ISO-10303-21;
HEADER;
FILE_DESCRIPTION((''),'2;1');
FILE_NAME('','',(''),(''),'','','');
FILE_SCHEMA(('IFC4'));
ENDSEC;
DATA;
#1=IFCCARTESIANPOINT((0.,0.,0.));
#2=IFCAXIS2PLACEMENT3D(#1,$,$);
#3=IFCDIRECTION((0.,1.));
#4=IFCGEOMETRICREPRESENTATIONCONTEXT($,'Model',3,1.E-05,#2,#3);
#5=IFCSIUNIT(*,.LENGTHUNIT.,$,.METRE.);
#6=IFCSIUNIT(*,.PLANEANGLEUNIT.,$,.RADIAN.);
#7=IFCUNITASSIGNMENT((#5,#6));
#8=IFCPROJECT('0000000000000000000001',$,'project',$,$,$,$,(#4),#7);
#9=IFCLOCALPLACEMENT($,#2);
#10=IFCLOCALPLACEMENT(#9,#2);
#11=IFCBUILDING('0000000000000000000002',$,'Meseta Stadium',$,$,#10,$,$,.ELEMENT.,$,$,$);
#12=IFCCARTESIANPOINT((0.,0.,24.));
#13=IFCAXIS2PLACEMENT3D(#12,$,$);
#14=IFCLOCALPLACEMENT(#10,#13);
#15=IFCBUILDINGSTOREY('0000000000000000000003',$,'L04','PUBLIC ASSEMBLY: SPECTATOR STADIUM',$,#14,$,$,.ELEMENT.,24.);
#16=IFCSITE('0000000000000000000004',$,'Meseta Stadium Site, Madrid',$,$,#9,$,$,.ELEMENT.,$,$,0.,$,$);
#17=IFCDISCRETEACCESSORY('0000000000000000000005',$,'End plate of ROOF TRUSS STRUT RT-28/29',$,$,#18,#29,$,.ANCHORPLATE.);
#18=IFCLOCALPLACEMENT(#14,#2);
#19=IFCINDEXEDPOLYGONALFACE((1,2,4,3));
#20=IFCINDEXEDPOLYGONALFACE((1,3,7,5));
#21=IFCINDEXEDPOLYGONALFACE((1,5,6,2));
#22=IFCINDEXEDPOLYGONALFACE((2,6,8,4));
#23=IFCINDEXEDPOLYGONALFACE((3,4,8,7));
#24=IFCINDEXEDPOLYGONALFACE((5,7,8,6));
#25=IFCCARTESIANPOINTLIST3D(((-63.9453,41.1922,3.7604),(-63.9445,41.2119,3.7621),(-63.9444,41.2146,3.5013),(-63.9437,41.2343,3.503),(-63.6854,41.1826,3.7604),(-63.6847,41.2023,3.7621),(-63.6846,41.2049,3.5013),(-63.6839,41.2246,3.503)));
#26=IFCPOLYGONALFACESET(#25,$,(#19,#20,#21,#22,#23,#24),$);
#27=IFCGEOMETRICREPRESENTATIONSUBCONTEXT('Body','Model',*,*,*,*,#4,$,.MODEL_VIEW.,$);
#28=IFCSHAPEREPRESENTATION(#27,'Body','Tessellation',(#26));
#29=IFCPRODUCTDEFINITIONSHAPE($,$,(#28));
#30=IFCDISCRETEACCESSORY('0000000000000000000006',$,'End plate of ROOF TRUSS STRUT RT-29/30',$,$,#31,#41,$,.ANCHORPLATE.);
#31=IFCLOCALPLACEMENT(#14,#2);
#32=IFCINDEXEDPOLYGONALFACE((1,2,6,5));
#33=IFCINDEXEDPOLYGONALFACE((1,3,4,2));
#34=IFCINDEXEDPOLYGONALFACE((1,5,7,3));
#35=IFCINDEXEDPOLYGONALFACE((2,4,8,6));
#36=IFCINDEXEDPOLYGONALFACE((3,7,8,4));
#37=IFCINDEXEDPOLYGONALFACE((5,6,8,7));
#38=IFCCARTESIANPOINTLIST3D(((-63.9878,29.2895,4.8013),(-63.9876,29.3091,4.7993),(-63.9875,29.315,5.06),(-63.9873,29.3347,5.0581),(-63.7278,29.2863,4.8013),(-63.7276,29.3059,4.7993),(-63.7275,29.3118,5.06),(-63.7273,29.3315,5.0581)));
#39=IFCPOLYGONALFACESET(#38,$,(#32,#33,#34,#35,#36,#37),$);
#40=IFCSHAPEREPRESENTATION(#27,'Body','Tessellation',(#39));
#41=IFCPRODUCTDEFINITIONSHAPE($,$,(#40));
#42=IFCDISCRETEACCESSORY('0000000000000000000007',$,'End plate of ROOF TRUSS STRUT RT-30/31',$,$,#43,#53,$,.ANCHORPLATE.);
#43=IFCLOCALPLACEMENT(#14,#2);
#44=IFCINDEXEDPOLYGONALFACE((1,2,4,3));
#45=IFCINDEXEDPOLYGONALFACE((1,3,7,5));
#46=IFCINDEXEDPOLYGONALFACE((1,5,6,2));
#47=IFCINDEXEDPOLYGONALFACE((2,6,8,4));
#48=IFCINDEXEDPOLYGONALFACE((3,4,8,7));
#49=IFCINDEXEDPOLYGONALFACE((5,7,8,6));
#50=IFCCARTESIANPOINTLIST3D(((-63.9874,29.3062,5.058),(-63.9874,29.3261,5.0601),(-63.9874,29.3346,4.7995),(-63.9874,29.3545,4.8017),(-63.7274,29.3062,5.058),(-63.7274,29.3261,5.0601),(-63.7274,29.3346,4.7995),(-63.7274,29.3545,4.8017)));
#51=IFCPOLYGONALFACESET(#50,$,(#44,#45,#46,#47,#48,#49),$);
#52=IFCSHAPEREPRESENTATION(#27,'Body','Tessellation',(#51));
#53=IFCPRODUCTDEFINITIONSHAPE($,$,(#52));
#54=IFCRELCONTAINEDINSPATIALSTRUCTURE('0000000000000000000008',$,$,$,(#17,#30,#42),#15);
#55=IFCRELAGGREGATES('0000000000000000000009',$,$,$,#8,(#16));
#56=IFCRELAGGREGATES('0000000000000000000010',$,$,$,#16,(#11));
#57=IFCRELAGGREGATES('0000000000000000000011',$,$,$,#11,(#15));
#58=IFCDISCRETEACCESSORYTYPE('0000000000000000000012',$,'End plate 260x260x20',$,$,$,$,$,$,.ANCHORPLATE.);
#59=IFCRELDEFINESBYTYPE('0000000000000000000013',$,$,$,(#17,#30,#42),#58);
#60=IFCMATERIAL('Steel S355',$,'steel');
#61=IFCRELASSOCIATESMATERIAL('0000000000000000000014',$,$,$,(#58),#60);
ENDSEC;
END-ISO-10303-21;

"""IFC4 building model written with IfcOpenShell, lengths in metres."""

from ifc_helpers import new_model, si_unit, direction, frame, origin, origin_2d, place, context, subcontext, project, spatial, rectangle, extrude, material, material_profile, profile_set, type_object, element, save


model = new_model("IFC4")

# Units and contexts
model_context = context("Model", 3, precision=1e-05, world=origin(), true_north=direction((0.0, 1.0)))
body_context = subcontext(model_context, "Body", "Model", "MODEL_VIEW")
ifc_project = project(units=[si_unit("LENGTHUNIT", "METRE"), si_unit("PLANEANGLEUNIT", "RADIAN")], contexts=[model_context])

# Site, building, storey
site_placement = place(None, origin())
site = spatial("IfcSite", under=ifc_project, at=site_placement, Name="Meseta Stadium Site, Madrid", CompositionType="ELEMENT", RefElevation=0.0)
building_placement = place(site_placement, origin())
building = spatial("IfcBuilding", under=site, at=building_placement, Name="Meseta Stadium", CompositionType="ELEMENT")
storey_placement = place(building_placement, frame((0.0, 0.0, 24.0)))
storey = spatial("IfcBuildingStorey", under=building, at=storey_placement, Name="L04", Description="PUBLIC ASSEMBLY: SPECTATOR STADIUM", CompositionType="ELEMENT", Elevation=24.0)

# Discrete accessories
ifc_material_1 = material(Name="Steel S355", Category="steel")
ifc_material_profile_1 = material_profile(ifc_material_1, rectangle(XDim=0.26, YDim=0.26, at=origin_2d()), Name="PL 260x260")
ifc_profile_set_1 = profile_set([ifc_material_profile_1], Name="Steel S355")
discrete_accessory_type_1 = type_object("IfcDiscreteAccessoryType", Name="End plate 260x260x20", PredefinedType="ANCHORPLATE", material=ifc_profile_set_1)
for number, where, z_axis, x_axis, name in (
    (1, (-63.8142, 41.2183, 3.6326), (-0.036874, -0.995609, -0.08604), (0.999315, -0.037012, 0.0), "End plate of ROOF TRUSS STRUT RT-28/29"),
    (2, (-63.8574, 29.3203, 4.9287), (-0.012285, -0.995083, 0.09828), (0.999924, -0.012345, 0.0), "End plate of ROOF TRUSS STRUT RT-29/30"),
):
    element("IfcDiscreteAccessory", number, at=place(storey_placement, frame(where, z_axis=z_axis, x_axis=x_axis)), inside=storey, type_object=discrete_accessory_type_1, Name=name, PredefinedType="ANCHORPLATE", context=body_context, shape_type="SweptSolid", body=[
        extrude(rectangle(XDim=0.26, YDim=0.26, at=origin_2d()), origin(), (0.0, 0.0, 1.0), 0.0198),
    ])
discrete_accessory_1_placement = place(storey_placement, frame((-63.8574, 29.3403, 4.9309), z_axis=(0.0, -0.994031, -0.109101), x_axis=(1.0, 0.0, 0.0)))
element("IfcDiscreteAccessory", 3, at=discrete_accessory_1_placement, inside=storey, type_object=discrete_accessory_type_1, Name="End plate of ROOF TRUSS STRUT RT-30/31", PredefinedType="ANCHORPLATE", context=body_context, shape_type="SweptSolid", body=[
    extrude(rectangle(XDim=0.26, YDim=0.26, at=origin_2d()), origin(), (0.0, 0.0, 1.0), 0.02),
])

save(model, "model.ifc")
